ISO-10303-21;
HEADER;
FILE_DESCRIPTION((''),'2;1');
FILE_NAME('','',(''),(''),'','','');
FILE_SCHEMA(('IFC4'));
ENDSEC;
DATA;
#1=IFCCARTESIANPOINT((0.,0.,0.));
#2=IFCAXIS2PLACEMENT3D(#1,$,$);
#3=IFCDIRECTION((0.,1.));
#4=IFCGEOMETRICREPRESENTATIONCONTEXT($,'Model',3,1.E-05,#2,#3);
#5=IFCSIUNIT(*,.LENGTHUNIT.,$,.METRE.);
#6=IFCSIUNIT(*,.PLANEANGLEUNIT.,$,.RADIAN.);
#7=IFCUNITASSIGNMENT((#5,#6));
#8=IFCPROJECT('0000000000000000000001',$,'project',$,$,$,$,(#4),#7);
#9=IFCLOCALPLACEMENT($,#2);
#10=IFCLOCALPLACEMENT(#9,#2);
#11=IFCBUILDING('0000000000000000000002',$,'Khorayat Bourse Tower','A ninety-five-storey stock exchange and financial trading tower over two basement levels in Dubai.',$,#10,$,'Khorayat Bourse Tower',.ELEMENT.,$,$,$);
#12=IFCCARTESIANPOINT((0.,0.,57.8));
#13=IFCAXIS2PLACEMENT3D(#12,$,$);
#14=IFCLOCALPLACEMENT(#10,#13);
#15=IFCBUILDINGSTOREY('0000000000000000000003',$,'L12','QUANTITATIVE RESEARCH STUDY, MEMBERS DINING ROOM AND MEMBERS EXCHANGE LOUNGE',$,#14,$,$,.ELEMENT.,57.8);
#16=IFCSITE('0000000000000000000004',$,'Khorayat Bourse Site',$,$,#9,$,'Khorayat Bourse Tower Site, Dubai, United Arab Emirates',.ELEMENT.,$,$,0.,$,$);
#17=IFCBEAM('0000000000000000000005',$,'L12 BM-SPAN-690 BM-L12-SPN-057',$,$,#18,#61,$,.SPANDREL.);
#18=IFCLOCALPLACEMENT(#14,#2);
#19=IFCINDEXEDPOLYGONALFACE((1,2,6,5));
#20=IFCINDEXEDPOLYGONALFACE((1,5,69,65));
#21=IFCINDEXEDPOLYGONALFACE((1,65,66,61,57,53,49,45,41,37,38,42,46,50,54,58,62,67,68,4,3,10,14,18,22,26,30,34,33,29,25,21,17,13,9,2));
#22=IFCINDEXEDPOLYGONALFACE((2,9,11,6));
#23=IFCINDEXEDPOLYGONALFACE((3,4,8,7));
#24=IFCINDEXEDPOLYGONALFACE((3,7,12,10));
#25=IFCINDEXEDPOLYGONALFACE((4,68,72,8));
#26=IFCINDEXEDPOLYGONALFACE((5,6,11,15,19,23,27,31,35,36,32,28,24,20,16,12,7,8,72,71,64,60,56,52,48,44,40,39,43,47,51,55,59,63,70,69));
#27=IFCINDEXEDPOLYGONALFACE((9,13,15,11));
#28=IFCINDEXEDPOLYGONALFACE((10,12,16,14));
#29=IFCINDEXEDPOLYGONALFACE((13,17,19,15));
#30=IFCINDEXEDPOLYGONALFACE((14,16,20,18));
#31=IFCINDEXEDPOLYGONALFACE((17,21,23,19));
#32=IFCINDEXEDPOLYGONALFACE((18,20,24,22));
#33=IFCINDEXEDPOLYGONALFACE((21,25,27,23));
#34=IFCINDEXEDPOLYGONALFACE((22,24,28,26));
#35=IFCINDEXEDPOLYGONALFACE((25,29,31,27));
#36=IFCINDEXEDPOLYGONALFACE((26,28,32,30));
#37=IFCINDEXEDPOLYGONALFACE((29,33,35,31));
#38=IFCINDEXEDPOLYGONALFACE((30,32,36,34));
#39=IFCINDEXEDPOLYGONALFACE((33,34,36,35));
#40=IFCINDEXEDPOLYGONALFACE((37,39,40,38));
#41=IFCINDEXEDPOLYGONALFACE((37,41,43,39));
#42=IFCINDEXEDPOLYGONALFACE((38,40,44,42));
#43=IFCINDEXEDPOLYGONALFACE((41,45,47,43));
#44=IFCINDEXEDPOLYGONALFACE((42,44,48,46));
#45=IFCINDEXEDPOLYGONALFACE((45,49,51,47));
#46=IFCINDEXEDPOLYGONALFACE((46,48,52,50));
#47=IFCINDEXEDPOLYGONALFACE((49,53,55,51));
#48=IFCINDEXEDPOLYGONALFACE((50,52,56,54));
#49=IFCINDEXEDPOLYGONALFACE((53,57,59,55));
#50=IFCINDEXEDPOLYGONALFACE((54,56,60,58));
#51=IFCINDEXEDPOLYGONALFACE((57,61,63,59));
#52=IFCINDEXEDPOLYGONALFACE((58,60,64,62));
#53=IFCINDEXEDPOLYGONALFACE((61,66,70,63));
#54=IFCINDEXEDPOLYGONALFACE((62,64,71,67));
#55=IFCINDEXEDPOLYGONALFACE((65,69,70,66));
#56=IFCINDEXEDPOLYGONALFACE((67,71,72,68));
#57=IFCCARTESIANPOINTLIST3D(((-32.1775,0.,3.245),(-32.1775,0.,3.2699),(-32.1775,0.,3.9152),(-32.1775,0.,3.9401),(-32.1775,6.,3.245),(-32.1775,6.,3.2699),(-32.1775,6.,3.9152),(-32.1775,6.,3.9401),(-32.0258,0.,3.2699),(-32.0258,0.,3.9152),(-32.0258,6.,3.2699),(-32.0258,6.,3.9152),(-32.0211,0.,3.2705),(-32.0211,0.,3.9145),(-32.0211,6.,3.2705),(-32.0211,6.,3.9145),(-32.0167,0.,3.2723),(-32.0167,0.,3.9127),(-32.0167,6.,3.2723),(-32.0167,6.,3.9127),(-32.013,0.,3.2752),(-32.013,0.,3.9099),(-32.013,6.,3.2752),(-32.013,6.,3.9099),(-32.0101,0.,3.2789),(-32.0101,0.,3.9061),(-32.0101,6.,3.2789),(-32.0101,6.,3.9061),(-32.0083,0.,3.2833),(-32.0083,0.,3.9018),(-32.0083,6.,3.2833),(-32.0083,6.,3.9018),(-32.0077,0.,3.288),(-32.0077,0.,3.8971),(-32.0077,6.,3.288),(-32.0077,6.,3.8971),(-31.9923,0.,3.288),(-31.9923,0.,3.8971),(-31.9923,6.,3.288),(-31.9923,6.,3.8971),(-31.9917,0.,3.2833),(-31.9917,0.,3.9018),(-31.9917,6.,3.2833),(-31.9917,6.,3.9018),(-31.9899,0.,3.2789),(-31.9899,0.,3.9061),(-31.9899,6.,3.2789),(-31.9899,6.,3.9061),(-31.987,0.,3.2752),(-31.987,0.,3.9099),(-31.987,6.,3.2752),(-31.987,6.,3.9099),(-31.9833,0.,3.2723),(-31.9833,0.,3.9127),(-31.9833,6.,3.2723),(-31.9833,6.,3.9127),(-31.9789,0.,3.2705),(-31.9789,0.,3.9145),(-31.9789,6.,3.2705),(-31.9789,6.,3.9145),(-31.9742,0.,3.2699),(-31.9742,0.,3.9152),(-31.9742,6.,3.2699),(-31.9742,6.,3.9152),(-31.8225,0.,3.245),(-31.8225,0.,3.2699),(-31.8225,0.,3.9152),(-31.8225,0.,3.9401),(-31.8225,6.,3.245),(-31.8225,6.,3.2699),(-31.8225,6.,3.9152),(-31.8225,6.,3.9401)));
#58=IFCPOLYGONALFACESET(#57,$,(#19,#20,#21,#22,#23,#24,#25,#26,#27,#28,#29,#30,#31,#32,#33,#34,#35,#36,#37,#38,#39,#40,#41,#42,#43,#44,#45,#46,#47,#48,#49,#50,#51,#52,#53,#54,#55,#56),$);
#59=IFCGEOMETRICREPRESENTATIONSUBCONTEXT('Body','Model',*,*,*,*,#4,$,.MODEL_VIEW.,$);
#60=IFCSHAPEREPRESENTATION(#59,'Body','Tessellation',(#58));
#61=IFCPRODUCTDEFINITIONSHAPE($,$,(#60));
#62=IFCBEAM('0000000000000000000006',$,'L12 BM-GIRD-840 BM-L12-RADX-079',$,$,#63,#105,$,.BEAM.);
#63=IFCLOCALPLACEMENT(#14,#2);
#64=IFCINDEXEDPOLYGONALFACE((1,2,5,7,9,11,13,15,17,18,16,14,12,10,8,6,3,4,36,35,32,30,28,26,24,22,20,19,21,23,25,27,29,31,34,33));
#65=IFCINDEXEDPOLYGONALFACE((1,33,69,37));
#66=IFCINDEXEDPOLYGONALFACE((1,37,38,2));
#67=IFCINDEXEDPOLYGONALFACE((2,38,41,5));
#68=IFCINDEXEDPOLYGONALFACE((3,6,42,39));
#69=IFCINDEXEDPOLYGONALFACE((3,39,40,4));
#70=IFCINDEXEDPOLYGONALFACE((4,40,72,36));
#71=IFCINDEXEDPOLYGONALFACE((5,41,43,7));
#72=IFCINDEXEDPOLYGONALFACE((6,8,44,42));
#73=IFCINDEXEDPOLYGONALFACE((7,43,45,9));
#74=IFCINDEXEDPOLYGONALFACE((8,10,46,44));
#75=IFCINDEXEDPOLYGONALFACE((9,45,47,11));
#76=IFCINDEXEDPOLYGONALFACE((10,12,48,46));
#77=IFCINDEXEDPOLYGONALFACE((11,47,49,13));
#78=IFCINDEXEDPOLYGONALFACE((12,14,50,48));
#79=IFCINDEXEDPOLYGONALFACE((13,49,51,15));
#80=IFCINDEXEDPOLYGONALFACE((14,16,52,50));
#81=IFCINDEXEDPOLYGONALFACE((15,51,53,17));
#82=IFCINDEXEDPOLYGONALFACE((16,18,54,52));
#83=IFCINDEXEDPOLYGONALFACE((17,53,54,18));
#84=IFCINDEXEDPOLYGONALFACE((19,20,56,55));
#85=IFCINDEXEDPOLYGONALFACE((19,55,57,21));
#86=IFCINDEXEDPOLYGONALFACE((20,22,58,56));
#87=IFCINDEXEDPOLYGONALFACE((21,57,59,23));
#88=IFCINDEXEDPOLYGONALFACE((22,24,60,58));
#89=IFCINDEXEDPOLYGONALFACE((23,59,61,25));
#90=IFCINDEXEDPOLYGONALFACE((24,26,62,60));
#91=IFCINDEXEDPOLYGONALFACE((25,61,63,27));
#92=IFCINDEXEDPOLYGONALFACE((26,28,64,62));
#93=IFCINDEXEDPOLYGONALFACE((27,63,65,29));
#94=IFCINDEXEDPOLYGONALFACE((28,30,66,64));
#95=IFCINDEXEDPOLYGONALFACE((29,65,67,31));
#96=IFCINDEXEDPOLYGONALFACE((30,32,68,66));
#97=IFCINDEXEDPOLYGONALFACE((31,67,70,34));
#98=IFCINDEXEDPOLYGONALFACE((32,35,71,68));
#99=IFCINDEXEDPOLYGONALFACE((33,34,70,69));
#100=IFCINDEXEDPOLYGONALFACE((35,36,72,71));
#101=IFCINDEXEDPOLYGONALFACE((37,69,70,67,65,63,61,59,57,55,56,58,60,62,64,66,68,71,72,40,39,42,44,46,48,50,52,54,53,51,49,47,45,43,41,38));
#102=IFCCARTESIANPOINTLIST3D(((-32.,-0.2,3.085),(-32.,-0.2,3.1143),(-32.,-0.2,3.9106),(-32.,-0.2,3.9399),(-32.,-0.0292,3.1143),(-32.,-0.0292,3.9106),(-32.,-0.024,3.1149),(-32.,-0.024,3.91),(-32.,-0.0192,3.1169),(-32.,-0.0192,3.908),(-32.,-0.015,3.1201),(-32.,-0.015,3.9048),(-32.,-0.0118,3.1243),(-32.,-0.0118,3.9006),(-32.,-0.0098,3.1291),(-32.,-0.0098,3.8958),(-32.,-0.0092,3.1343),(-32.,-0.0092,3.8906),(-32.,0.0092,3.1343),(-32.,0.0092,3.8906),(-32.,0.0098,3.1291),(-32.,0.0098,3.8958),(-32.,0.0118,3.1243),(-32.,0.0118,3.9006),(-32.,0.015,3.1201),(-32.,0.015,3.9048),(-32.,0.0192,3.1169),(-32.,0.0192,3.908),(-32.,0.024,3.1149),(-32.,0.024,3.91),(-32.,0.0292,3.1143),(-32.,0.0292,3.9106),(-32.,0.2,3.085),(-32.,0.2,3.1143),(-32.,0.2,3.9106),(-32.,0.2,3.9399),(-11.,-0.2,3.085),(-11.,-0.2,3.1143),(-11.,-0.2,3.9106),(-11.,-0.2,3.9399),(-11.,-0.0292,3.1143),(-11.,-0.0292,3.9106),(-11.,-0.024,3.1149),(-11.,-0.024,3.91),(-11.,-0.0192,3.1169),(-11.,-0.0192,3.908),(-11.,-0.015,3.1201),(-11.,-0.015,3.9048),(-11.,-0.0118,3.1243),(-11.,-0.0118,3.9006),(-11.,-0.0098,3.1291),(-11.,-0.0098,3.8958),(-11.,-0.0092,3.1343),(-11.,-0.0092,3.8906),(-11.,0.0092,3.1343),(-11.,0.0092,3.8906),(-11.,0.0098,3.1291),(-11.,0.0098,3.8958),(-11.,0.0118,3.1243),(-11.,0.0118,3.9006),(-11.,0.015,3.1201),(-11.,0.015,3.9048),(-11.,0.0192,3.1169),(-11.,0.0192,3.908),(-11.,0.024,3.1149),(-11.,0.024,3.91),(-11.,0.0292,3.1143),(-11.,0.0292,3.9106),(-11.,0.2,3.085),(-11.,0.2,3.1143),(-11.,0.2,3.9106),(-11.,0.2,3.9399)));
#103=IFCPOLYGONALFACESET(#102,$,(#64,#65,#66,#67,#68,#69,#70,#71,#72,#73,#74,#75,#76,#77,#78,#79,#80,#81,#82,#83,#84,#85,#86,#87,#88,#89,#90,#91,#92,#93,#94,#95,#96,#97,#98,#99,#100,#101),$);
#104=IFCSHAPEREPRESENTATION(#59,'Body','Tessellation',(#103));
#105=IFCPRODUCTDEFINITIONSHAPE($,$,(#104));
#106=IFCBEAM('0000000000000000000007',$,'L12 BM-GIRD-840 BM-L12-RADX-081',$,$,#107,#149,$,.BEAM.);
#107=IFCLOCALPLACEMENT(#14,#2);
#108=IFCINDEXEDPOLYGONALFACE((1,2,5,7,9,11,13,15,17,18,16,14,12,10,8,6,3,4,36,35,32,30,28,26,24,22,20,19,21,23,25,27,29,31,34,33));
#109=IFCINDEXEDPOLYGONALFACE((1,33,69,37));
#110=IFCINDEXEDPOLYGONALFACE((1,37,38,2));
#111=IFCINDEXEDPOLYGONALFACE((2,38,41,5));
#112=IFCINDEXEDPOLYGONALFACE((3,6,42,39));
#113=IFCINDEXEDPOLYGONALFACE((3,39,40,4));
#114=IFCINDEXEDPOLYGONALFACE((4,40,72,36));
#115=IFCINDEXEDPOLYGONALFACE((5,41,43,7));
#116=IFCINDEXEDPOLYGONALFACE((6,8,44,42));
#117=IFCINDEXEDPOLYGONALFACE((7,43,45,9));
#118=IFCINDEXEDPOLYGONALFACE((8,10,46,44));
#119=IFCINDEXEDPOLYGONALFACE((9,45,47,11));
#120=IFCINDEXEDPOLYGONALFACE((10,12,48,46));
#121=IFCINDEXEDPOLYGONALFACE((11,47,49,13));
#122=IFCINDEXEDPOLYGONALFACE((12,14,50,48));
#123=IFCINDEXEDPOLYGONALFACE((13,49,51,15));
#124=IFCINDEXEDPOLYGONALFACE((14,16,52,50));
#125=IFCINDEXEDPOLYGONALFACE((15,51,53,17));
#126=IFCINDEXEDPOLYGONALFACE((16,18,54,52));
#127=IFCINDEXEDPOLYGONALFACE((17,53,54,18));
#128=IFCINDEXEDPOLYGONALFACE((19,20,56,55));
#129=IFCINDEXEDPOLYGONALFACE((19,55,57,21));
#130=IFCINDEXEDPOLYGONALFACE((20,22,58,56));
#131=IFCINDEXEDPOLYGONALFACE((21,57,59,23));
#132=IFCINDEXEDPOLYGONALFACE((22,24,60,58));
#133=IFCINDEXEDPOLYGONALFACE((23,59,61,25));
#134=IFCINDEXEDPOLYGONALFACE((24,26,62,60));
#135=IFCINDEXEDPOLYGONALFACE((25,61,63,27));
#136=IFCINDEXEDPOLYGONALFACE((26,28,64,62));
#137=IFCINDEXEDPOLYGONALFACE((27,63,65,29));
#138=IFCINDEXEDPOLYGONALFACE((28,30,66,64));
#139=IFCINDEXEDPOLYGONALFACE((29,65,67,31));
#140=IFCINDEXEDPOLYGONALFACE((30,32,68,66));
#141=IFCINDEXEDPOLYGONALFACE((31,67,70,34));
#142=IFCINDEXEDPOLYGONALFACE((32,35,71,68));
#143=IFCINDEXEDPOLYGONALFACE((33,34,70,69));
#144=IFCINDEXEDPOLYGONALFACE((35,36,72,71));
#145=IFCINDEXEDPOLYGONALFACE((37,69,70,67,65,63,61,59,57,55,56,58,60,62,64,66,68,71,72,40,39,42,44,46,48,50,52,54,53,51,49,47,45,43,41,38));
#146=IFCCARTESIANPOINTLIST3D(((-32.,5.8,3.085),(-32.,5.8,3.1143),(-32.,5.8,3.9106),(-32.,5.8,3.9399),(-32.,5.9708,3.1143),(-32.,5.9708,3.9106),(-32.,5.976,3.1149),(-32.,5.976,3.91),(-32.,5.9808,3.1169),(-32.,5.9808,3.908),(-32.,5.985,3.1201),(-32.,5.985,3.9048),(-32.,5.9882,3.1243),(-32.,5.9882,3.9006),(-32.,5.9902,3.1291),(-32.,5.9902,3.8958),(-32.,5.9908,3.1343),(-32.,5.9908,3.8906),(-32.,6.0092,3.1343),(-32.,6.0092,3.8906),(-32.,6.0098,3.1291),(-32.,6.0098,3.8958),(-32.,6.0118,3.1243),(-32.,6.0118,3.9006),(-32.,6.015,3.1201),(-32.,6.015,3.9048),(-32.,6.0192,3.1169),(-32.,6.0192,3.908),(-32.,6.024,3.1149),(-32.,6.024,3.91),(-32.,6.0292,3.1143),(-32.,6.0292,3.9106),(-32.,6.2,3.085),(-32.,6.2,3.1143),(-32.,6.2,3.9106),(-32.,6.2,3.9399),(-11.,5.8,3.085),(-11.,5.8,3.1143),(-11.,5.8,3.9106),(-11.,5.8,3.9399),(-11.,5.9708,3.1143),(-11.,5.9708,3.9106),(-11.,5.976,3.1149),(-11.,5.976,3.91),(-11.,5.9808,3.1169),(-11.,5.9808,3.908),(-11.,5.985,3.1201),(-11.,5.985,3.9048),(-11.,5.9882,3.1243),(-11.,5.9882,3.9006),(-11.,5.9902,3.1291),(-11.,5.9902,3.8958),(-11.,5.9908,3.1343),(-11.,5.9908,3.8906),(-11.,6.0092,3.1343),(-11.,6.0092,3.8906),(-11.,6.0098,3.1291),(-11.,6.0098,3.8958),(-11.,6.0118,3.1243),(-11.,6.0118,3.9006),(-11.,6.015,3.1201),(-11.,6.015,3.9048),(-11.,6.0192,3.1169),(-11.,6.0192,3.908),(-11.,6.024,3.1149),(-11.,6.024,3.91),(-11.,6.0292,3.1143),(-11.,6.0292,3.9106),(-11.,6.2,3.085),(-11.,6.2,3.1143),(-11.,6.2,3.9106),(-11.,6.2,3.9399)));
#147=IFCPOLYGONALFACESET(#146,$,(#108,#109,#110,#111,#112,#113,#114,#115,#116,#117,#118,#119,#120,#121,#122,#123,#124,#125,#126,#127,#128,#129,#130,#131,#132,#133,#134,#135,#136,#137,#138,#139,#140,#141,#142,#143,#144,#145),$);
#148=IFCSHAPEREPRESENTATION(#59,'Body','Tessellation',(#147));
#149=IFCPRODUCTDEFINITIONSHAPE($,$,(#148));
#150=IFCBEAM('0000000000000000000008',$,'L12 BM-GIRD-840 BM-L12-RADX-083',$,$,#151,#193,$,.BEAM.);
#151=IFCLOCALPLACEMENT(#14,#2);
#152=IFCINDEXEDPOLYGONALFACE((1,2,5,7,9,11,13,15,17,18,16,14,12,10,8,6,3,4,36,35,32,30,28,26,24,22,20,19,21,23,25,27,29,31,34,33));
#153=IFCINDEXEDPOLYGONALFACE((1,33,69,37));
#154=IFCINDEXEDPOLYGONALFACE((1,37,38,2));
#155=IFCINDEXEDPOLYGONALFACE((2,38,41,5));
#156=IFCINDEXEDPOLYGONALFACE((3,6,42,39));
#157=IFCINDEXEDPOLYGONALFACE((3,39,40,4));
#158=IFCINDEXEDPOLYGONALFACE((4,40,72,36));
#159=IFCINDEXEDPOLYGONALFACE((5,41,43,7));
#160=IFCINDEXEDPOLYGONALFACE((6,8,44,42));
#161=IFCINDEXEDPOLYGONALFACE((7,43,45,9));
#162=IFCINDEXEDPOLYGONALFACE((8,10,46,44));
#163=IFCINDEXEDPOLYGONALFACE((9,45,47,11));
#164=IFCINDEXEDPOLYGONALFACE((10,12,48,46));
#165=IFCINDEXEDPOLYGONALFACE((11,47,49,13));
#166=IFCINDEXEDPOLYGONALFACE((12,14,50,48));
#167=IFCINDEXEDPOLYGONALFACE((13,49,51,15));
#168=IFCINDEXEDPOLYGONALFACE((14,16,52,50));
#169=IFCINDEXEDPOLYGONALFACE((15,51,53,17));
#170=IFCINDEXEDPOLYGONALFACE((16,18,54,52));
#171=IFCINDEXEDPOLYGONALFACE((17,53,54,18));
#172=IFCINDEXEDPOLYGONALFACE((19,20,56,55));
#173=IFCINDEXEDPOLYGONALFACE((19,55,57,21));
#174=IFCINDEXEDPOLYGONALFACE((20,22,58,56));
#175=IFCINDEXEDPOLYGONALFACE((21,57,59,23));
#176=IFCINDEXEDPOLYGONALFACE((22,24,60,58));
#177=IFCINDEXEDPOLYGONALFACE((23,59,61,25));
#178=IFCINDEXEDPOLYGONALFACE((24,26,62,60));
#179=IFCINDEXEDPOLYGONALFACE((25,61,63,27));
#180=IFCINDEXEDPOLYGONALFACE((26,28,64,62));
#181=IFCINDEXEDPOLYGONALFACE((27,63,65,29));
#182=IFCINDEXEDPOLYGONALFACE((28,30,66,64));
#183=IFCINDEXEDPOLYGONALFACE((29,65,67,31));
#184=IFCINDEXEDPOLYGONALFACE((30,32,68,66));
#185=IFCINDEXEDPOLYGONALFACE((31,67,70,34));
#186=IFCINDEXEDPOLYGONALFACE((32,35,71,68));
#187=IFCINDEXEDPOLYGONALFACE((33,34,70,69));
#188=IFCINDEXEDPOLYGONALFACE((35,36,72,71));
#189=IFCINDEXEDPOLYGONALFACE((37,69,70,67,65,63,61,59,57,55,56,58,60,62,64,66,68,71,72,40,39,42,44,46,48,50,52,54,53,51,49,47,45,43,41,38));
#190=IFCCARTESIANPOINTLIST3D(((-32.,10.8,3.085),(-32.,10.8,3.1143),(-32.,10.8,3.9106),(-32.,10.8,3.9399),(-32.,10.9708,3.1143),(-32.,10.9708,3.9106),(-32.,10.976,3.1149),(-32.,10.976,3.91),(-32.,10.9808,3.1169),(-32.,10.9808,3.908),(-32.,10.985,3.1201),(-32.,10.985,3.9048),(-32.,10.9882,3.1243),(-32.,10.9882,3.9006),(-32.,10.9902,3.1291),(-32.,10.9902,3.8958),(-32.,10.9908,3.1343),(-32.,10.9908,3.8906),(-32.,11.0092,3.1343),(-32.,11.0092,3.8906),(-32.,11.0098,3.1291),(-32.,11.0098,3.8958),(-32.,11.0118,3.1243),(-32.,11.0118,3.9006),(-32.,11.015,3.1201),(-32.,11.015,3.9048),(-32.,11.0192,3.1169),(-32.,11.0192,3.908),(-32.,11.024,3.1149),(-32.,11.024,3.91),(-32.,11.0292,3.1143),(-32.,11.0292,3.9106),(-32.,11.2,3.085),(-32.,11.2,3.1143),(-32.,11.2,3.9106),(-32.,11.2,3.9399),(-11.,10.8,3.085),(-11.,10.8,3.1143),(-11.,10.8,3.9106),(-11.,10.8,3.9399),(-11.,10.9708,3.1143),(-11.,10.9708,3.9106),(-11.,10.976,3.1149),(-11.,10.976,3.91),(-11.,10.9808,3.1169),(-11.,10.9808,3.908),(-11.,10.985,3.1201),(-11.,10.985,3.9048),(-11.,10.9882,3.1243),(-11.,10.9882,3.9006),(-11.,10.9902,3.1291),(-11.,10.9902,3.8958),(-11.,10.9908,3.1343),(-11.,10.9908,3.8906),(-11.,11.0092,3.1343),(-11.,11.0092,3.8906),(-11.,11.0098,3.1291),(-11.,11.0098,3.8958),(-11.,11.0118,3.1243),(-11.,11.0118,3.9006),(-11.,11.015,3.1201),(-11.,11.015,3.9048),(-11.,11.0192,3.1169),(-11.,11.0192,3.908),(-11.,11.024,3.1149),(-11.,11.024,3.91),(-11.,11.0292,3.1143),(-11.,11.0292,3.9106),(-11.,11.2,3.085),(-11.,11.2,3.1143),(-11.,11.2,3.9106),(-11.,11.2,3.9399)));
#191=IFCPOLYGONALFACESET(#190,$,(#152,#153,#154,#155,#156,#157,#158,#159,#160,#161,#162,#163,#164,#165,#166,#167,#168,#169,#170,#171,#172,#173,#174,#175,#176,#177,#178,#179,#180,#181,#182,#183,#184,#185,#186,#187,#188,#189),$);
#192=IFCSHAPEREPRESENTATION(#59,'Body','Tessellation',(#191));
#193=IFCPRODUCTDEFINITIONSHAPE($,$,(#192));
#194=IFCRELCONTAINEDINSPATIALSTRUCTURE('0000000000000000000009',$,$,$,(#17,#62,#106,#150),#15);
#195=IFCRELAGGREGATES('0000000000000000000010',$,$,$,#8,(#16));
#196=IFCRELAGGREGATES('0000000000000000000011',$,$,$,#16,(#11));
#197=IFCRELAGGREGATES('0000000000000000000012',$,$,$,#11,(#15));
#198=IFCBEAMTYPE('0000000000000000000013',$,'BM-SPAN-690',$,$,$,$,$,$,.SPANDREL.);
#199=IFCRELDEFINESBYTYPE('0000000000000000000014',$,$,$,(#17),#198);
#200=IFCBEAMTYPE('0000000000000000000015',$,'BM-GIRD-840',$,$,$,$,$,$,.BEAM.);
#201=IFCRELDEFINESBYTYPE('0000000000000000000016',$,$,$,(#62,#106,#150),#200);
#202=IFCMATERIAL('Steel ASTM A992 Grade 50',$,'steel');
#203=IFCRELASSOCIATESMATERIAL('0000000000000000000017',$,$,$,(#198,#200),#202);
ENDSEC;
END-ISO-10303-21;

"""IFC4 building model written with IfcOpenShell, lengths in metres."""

from ifc_helpers import new_model, si_unit, direction, frame, origin, origin_2d, place, context, subcontext, project, spatial, i_section, extrude, source, transform, mapped, material, material_profile, profile_set, type_object, element, save


model = new_model("IFC4")

# Units and contexts
model_context = context("Model", 3, precision=1e-05, world=origin(), true_north=direction((0.0, 1.0)))
body_context = subcontext(model_context, "Body", "Model", "MODEL_VIEW")
ifc_project = project(units=[si_unit("LENGTHUNIT", "METRE"), si_unit("PLANEANGLEUNIT", "RADIAN")], contexts=[model_context])

# Site, building, storey
site_placement = place(None, origin())
site = spatial("IfcSite", under=ifc_project, at=site_placement, Name="Khorayat Bourse Site", LongName="Khorayat Bourse Tower Site, Dubai, United Arab Emirates", CompositionType="ELEMENT", RefElevation=0.0)
building_placement = place(site_placement, origin())
building = spatial("IfcBuilding", under=site, at=building_placement, Name="Khorayat Bourse Tower", Description="A ninety-five-storey stock exchange and financial trading tower over two basement levels in Dubai.", LongName="Khorayat Bourse Tower", CompositionType="ELEMENT")
storey_placement = place(building_placement, frame((0.0, 0.0, 57.8)))
storey = spatial("IfcBuildingStorey", under=building, at=storey_placement, Name="L12", Description="QUANTITATIVE RESEARCH STUDY, MEMBERS DINING ROOM AND MEMBERS EXCHANGE LOUNGE", CompositionType="ELEMENT", Elevation=57.8)

# Beams
ifc_material_1 = material(Name="Steel ASTM A992 Grade 50", Category="steel")
ifc_material_profile_1 = material_profile(ifc_material_1, i_section(OverallWidth=0.355, OverallDepth=0.6951, WebThickness=0.0154, FlangeThickness=0.0249, FilletRadius=0.0181, at=origin_2d()), Name="W690X217")
ifc_profile_set_1 = profile_set([ifc_material_profile_1], Name="Steel ASTM A992 Grade 50")
beam_type_1 = type_object("IfcBeamType", Name="BM-SPAN-690", PredefinedType="SPANDREL", material=ifc_profile_set_1)
shared_shape_1 = source(origin(), body_context, "Body", "SweptSolid", [
    extrude(i_section(OverallWidth=0.355, OverallDepth=0.6951, WebThickness=0.0154, FlangeThickness=0.0249, FilletRadius=0.0181, at=origin_2d()), origin(), (0.0, 0.0, 1.0), 6.0),
])
beam_1_placement = place(storey_placement, frame((-32.0, 0.0, 3.5925), z_axis=(0.0, 1.0, 0.0), x_axis=(-1.0, 0.0, 0.0)))
element("IfcBeam", 1, at=beam_1_placement, inside=storey, type_object=beam_type_1, Name="L12 BM-SPAN-690 BM-L12-SPN-057", PredefinedType="SPANDREL", context=body_context, shape_type="MappedRepresentation", body=[
    mapped(shared_shape_1, transform((0.0, 0.0, 0.0), scale=1.0)),
])
ifc_material_profile_2 = material_profile(ifc_material_1, i_section(OverallWidth=0.3999, OverallDepth=0.855, WebThickness=0.0183, FlangeThickness=0.0293, FilletRadius=0.02, at=origin_2d()), Name="W840X299")
ifc_profile_set_2 = profile_set([ifc_material_profile_2], Name="Steel ASTM A992 Grade 50")
beam_type_2 = type_object("IfcBeamType", Name="BM-GIRD-840", PredefinedType="BEAM", material=ifc_profile_set_2)
shared_shape_2 = source(origin(), body_context, "Body", "SweptSolid", [
    extrude(i_section(OverallWidth=0.3999, OverallDepth=0.855, WebThickness=0.0183, FlangeThickness=0.0293, FilletRadius=0.02, at=origin_2d()), origin(), (0.0, 0.0, 1.0), 21.0),
])
for number, where, z_axis, x_axis, name in (
    (2, (-32.0, 0.0, 3.5125), (1.0, 0.0, 0.0), (0.0, 1.0, 0.0), "L12 BM-GIRD-840 BM-L12-RADX-079"),
    (3, (-32.0, 6.0, 3.5125), (1.0, 0.0, 0.0), (0.0, 1.0, 0.0), "L12 BM-GIRD-840 BM-L12-RADX-081"),
    (4, (-32.0, 11.0, 3.5125), (1.0, 0.0, 0.0), (0.0, 1.0, 0.0), "L12 BM-GIRD-840 BM-L12-RADX-083"),
):
    element("IfcBeam", number, at=place(storey_placement, frame(where, z_axis=z_axis, x_axis=x_axis)), inside=storey, type_object=beam_type_2, Name=name, PredefinedType="BEAM", context=body_context, shape_type="MappedRepresentation", body=[
        mapped(shared_shape_2, transform((0.0, 0.0, 0.0), scale=1.0)),
    ])

save(model, "model.ifc")
